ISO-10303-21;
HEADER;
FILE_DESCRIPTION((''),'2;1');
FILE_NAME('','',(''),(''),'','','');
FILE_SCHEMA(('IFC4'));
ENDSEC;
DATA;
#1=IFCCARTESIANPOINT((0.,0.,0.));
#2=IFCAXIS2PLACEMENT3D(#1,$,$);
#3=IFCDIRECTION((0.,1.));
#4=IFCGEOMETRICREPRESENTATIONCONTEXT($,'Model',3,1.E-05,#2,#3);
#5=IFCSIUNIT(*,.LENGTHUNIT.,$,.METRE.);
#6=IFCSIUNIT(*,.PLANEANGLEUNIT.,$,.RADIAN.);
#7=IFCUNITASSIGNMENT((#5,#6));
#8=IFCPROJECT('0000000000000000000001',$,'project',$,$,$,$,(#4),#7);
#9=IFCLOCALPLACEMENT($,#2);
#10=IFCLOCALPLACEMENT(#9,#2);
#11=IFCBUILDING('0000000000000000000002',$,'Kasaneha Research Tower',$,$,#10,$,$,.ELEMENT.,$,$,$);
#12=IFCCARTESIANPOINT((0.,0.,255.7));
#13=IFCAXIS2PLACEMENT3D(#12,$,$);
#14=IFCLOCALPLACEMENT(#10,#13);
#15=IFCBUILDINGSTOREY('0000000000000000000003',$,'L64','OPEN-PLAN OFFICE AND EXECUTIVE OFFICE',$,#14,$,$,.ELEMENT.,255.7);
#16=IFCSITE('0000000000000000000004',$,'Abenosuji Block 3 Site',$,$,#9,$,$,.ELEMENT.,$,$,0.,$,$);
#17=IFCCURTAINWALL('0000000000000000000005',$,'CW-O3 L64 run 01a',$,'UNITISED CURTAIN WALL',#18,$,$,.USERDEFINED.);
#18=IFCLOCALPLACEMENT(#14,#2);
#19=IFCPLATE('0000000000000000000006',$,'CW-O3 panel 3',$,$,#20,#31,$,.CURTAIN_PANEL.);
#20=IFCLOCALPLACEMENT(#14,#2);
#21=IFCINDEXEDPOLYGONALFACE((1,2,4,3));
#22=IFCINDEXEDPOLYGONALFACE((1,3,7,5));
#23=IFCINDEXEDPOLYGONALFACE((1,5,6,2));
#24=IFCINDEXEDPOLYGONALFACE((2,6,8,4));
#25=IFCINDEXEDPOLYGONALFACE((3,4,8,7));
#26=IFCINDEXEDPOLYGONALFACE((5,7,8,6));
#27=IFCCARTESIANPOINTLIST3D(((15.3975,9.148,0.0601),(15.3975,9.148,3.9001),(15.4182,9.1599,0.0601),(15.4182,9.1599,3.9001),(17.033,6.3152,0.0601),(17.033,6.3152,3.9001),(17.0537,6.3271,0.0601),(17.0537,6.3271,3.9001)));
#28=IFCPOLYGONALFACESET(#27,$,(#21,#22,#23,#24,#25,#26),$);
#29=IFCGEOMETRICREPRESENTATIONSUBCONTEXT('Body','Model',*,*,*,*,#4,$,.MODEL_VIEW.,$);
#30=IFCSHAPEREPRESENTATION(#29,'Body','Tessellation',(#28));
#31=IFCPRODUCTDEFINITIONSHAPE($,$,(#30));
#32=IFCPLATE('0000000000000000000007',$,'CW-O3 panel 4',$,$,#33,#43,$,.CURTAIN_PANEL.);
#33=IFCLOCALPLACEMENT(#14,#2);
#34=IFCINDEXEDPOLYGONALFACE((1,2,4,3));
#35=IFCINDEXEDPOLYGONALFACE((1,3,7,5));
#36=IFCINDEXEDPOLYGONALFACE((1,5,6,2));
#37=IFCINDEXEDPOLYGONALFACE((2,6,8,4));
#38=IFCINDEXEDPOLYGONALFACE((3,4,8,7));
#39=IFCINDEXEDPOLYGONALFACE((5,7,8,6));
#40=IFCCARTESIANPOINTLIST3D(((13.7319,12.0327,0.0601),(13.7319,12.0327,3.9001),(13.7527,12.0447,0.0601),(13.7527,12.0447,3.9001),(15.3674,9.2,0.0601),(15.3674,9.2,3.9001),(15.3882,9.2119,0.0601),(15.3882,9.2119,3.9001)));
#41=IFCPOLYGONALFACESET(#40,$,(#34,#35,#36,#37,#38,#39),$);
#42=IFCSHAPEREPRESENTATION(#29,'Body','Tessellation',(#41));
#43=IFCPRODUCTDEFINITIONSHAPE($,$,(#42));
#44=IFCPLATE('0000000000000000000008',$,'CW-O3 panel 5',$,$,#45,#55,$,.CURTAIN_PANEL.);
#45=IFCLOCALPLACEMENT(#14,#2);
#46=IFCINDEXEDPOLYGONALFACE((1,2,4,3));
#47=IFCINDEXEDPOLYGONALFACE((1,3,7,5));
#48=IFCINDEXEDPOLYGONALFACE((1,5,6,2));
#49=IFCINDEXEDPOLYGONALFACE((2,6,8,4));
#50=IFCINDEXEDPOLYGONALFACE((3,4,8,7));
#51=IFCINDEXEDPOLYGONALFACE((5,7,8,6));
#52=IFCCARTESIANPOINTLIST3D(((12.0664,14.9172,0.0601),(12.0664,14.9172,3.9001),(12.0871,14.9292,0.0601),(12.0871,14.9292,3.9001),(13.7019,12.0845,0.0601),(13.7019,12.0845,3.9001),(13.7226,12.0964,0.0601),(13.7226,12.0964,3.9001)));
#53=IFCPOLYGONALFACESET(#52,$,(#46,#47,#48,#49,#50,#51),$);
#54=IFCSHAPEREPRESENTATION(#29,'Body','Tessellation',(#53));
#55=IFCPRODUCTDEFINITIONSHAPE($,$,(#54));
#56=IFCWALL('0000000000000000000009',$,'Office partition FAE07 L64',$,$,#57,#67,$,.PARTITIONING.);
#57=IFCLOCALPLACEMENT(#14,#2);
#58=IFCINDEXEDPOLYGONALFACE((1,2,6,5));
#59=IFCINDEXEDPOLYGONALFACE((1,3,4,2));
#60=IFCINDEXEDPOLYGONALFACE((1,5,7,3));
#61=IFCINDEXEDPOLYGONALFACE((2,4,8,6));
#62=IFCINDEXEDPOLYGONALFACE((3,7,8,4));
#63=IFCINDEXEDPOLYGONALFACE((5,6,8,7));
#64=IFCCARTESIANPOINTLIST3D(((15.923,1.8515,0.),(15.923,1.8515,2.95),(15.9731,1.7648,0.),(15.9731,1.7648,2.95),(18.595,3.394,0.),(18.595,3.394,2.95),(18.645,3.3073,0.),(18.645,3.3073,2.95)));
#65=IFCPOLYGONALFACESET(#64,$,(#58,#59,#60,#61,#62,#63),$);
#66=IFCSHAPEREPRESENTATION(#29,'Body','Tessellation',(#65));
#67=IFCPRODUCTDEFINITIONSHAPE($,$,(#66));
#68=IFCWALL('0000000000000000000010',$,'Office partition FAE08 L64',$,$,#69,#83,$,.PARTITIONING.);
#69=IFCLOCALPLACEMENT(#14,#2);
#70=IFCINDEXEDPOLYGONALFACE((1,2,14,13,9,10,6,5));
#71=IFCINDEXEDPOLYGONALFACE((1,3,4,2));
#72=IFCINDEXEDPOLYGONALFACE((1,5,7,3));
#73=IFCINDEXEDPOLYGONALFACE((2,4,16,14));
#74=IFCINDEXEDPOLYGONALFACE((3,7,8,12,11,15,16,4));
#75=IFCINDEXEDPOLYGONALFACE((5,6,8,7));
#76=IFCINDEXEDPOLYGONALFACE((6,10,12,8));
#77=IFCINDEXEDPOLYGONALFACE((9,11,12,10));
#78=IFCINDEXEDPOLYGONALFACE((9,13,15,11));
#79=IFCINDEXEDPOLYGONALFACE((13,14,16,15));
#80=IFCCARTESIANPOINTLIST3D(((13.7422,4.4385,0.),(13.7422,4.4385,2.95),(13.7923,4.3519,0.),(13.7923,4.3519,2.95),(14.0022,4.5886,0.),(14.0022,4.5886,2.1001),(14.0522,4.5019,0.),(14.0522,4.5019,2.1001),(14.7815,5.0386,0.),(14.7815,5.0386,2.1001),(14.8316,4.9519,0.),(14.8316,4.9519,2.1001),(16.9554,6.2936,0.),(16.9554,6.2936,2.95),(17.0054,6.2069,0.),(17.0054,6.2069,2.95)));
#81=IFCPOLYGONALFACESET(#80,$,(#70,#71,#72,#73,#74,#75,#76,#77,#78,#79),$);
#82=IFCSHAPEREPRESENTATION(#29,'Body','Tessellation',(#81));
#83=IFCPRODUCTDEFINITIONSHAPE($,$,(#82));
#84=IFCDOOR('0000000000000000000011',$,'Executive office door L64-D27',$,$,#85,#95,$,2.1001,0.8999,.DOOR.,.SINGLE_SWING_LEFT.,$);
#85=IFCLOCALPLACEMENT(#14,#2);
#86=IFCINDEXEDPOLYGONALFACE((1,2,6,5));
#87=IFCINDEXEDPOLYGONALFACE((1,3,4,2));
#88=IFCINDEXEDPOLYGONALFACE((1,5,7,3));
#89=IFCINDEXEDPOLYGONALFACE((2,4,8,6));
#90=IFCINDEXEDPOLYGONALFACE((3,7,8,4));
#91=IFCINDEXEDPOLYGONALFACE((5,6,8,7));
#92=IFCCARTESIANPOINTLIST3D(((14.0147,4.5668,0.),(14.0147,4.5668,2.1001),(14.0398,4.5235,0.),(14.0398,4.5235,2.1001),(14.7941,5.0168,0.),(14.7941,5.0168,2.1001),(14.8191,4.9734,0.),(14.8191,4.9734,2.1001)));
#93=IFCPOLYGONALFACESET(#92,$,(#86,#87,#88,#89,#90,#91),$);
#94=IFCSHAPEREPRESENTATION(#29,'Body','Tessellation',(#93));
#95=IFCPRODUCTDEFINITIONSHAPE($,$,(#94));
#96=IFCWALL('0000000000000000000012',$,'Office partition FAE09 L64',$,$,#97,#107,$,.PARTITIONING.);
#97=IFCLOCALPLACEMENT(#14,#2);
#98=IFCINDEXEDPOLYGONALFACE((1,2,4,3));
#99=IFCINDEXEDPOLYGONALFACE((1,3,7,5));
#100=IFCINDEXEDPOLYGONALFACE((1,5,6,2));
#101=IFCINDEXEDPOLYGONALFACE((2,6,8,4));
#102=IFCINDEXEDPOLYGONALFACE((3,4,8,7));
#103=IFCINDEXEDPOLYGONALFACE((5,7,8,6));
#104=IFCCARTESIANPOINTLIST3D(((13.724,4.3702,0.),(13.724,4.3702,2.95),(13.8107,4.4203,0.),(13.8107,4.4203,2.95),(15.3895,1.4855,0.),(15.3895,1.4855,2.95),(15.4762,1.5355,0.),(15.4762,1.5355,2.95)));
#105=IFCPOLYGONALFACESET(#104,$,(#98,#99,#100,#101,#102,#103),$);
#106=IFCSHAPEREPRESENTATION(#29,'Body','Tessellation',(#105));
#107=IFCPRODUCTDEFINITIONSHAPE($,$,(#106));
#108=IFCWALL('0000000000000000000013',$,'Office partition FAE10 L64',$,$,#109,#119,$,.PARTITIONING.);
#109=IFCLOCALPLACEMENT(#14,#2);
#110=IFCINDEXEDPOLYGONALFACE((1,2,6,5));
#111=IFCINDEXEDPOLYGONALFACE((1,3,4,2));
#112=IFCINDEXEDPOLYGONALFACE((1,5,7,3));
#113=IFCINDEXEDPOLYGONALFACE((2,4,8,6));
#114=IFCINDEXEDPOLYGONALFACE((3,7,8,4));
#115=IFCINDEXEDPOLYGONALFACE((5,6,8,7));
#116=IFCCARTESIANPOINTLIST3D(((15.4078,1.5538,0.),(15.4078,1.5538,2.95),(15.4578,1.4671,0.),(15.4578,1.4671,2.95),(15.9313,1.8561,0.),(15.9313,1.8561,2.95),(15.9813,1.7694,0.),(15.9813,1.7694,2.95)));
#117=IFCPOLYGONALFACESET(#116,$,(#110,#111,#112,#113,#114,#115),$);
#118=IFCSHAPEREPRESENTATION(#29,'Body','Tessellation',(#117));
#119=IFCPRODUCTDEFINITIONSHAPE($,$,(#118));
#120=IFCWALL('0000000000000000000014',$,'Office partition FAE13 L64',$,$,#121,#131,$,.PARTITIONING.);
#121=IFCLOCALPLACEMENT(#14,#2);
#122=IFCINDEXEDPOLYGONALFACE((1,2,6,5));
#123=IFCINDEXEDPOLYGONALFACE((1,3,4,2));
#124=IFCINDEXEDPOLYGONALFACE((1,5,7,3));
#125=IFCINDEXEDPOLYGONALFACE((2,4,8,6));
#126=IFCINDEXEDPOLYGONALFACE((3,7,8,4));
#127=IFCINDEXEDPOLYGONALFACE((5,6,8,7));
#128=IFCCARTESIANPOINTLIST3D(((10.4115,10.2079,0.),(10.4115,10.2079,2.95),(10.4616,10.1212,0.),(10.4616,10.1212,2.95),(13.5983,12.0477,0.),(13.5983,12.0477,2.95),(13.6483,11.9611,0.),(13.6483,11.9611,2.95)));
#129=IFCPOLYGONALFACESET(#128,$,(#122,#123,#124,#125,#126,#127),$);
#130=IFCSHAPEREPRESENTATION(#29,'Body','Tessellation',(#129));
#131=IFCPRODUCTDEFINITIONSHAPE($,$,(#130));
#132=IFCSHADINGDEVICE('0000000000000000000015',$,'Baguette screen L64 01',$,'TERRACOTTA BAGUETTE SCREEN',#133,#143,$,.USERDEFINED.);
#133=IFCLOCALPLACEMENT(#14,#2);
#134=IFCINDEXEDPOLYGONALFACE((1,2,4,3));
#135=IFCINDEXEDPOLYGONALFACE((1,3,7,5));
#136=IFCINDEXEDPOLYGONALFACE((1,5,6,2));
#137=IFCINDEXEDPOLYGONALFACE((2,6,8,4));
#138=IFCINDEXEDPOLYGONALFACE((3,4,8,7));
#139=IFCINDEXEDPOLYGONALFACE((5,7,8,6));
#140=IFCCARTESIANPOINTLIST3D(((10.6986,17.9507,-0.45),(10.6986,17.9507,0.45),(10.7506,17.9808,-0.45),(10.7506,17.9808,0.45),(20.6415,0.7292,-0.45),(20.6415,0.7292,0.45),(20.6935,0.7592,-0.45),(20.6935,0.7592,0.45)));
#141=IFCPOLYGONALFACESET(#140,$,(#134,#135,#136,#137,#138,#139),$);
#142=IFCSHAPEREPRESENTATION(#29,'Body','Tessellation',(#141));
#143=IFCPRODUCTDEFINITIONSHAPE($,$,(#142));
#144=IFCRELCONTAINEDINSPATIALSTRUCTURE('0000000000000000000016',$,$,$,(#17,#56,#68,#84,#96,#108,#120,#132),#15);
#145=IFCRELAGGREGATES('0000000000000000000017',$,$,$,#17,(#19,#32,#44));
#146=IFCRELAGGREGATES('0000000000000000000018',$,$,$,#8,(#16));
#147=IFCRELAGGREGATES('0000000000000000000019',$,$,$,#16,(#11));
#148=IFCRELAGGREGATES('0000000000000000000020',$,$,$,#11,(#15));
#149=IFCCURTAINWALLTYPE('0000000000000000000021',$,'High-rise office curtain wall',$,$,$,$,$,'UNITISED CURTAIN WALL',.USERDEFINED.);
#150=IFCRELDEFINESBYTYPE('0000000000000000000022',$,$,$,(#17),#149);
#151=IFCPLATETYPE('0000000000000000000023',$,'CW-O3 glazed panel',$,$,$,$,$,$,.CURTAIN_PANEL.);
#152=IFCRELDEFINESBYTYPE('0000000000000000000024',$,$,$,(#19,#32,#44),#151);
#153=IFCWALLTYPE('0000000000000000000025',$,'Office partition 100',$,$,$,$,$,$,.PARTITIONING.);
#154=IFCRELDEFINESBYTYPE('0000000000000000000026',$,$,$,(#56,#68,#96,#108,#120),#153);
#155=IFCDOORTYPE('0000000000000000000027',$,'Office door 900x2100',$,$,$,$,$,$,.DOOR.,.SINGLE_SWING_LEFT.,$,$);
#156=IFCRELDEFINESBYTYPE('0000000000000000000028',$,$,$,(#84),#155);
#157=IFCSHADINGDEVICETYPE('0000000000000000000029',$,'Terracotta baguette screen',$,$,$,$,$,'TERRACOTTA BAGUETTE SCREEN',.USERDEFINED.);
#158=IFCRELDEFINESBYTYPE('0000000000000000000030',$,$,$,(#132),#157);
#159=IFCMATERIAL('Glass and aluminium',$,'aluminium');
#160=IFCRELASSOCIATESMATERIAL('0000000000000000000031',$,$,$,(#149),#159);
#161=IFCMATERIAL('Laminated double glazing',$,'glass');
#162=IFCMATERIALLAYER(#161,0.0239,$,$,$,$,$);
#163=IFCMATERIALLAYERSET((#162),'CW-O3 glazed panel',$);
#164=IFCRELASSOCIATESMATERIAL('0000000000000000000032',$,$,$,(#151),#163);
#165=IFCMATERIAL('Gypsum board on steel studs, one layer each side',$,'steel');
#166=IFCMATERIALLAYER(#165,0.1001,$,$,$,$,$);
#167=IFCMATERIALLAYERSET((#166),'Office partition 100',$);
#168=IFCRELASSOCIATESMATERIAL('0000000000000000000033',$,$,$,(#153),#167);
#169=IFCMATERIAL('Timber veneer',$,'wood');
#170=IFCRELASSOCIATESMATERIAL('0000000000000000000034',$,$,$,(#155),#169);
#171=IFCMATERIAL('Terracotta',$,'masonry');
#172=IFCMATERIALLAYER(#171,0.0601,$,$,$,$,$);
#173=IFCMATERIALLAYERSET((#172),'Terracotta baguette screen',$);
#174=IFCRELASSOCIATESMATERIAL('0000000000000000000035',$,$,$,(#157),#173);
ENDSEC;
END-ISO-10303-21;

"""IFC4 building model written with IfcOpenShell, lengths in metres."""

from ifc_helpers import new_model, si_unit, direction, frame, frame_2d, origin, origin_2d, place, context, subcontext, project, spatial, rectangle, extrude, material, layer, layer_set, type_object, element, fill, aggregate, save


model = new_model("IFC4")

# Units and contexts
model_context = context("Model", 3, precision=1e-05, world=origin(), true_north=direction((0.0, 1.0)))
body_context = subcontext(model_context, "Body", "Model", "MODEL_VIEW")
ifc_project = project(units=[si_unit("LENGTHUNIT", "METRE"), si_unit("PLANEANGLEUNIT", "RADIAN")], contexts=[model_context])

# Site, building, storey
site_placement = place(None, origin())
site = spatial("IfcSite", under=ifc_project, at=site_placement, Name="Abenosuji Block 3 Site", CompositionType="ELEMENT", RefElevation=0.0)
building_placement = place(site_placement, origin())
building = spatial("IfcBuilding", under=site, at=building_placement, Name="Kasaneha Research Tower", CompositionType="ELEMENT")
storey_placement = place(building_placement, frame((0.0, 0.0, 255.7)))
storey = spatial("IfcBuildingStorey", under=building, at=storey_placement, Name="L64", Description="OPEN-PLAN OFFICE AND EXECUTIVE OFFICE", CompositionType="ELEMENT", Elevation=255.7)

# Curtain wall, plates
ifc_material_1 = material(Name="Glass and aluminium", Category="aluminium")
curtain_wall_type = type_object("IfcCurtainWallType", Name="High-rise office curtain wall", ElementType="UNITISED CURTAIN WALL", PredefinedType="USERDEFINED", material=ifc_material_1)
curtain_wall_placement = place(storey_placement, origin())
curtain_wall = element("IfcCurtainWall", 1, at=curtain_wall_placement, inside=storey, type_object=curtain_wall_type, Name="CW-O3 L64 run 01a", ObjectType="UNITISED CURTAIN WALL", PredefinedType="USERDEFINED")
ifc_material_2 = material(Name="Laminated double glazing", Category="glass")
ifc_layer_1 = layer(ifc_material_2, 0.0239)
ifc_layer_set_1 = layer_set([ifc_layer_1], Name="CW-O3 glazed panel")
plate_type = type_object("IfcPlateType", Name="CW-O3 glazed panel", PredefinedType="CURTAIN_PANEL", material=ifc_layer_set_1)
plate_1_placement = place(storey_placement, frame((16.2256, 7.7375, 0.0601), z_axis=(0.0, 0.0, 1.0), x_axis=(-0.5, 0.866025, 0.0)))
plate_1 = element("IfcPlate", 2, at=plate_1_placement, type_object=plate_type, Name="CW-O3 panel 3", PredefinedType="CURTAIN_PANEL", context=body_context, shape_type="SweptSolid", body=[
    extrude(rectangle(XDim=3.271, YDim=0.0239, at=origin_2d()), origin(), (0.0, 0.0, 1.0), 3.8401),
])
plate_2_placement = place(storey_placement, frame((14.5601, 10.6223, 0.0601), z_axis=(0.0, 0.0, 1.0), x_axis=(-0.5, 0.866025, 0.0)))
plate_2 = element("IfcPlate", 3, at=plate_2_placement, type_object=plate_type, Name="CW-O3 panel 4", PredefinedType="CURTAIN_PANEL", context=body_context, shape_type="SweptSolid", body=[
    extrude(rectangle(XDim=3.271, YDim=0.0239, at=origin_2d()), origin(), (0.0, 0.0, 1.0), 3.8401),
])
plate_3_placement = place(storey_placement, frame((12.8945, 13.5068, 0.0601), z_axis=(0.0, 0.0, 1.0), x_axis=(-0.5, 0.866025, 0.0)))
plate_3 = element("IfcPlate", 4, at=plate_3_placement, type_object=plate_type, Name="CW-O3 panel 5", PredefinedType="CURTAIN_PANEL", context=body_context, shape_type="SweptSolid", body=[
    extrude(rectangle(XDim=3.271, YDim=0.0239, at=origin_2d()), origin(), (0.0, 0.0, 1.0), 3.8401),
])
aggregate(curtain_wall, [plate_1, plate_2, plate_3])

# Wall
ifc_material_3 = material(Name="Gypsum board on steel studs, one layer each side", Category="steel")
ifc_layer_2 = layer(ifc_material_3, 0.1001)
ifc_layer_set_2 = layer_set([ifc_layer_2], Name="Office partition 100")
wall_type = type_object("IfcWallType", Name="Office partition 100", PredefinedType="PARTITIONING", material=ifc_layer_set_2)
wall_1_placement = place(storey_placement, frame((18.6199, 3.3506, 0.0), z_axis=(0.0, 0.0, 1.0), x_axis=(-0.866043, -0.499969, 0.0)))
element("IfcWall", 5, at=wall_1_placement, inside=storey, type_object=wall_type, Name="Office partition FAE07 L64", PredefinedType="PARTITIONING", context=body_context, shape_type="SweptSolid", body=[
    extrude(rectangle(XDim=3.0852, YDim=0.1001, at=frame_2d((1.5425, 0.0))), origin(), (0.0, 0.0, 1.0), 2.95),
])

# Wall, opening, door
wall_2_placement = place(storey_placement, frame((13.7673, 4.3953, 0.0), z_axis=(0.0, 0.0, 1.0), x_axis=(0.86604, 0.499975, 0.0)))
wall_2 = element("IfcWall", 6, at=wall_2_placement, inside=storey, type_object=wall_type, Name="Office partition FAE08 L64", PredefinedType="PARTITIONING", context=body_context, shape_type="SweptSolid", body=[
    extrude(rectangle(XDim=3.7102, YDim=0.1001, at=frame_2d((1.855, 0.0))), origin(), (0.0, 0.0, 1.0), 2.95),
])
opening_placement = place(wall_2_placement, frame((0.3, 0.0, 0.0)))
opening = element("IfcOpeningElement", 7, at=opening_placement, cuts=wall_2, PredefinedType="OPENING", context=body_context, shape_type="SweptSolid", body=[
    extrude(rectangle(XDim=0.8999, YDim=2.1001, at=frame_2d((0.45, 1.05))), frame((0.0, 0.0601, 0.0), z_axis=(0.0, -1.0, 0.0), x_axis=(1.0, 0.0, 0.0)), (0.0, 0.0, 1.0), 0.1201),
])
ifc_material_4 = material(Name="Timber veneer", Category="wood")
door_type = type_object("IfcDoorType", Name="Office door 900x2100", OperationType="SINGLE_SWING_LEFT", PredefinedType="DOOR", material=ifc_material_4)
door_placement = place(opening_placement, origin())
door = element("IfcDoor", 8, at=door_placement, inside=storey, type_object=door_type, Name="Executive office door L64-D27", OperationType="SINGLE_SWING_LEFT", OverallHeight=2.1001, OverallWidth=0.8999, PredefinedType="DOOR", context=body_context, shape_type="SweptSolid", body=[
    extrude(rectangle(XDim=0.8999, YDim=2.1001, at=frame_2d((0.45, 1.05))), frame((0.0, 0.0249, 0.0), z_axis=(0.0, -1.0, 0.0), x_axis=(1.0, 0.0, 0.0)), (0.0, 0.0, 1.0), 0.05),
])
fill(opening, door)

# Walls
wall_3_placement = place(storey_placement, frame((15.4329, 1.5105, 0.0), z_axis=(0.0, 0.0, 1.0), x_axis=(-0.500002, 0.866024, 0.0)))
element("IfcWall", 9, at=wall_3_placement, inside=storey, type_object=wall_type, Name="Office partition FAE09 L64", PredefinedType="PARTITIONING", context=body_context, shape_type="SweptSolid", body=[
    extrude(rectangle(XDim=3.3311, YDim=0.1001, at=frame_2d((1.6655, 0.0))), origin(), (0.0, 0.0, 1.0), 2.95),
])
wall_4_placement = place(storey_placement, frame((15.9563, 1.8127, 0.0), z_axis=(0.0, 0.0, 1.0), x_axis=(-0.865997, -0.500049, 0.0)))
element("IfcWall", 10, at=wall_4_placement, inside=storey, type_object=wall_type, Name="Office partition FAE10 L64", PredefinedType="PARTITIONING", context=body_context, shape_type="SweptSolid", body=[
    extrude(rectangle(XDim=0.6045, YDim=0.1001, at=frame_2d((0.3022, 0.0))), origin(), (0.0, 0.0, 1.0), 2.95),
])
wall_5_placement = place(storey_placement, frame((13.6233, 12.0044, 0.0), z_axis=(0.0, 0.0, 1.0), x_axis=(-0.86603, -0.499992, 0.0)))
element("IfcWall", 11, at=wall_5_placement, inside=storey, type_object=wall_type, Name="Office partition FAE13 L64", PredefinedType="PARTITIONING", context=body_context, shape_type="SweptSolid", body=[
    extrude(rectangle(XDim=3.6797, YDim=0.1001, at=frame_2d((1.8398, 0.0))), origin(), (0.0, 0.0, 1.0), 2.95),
])

# Shading device
ifc_material_5 = material(Name="Terracotta", Category="masonry")
ifc_layer_3 = layer(ifc_material_5, 0.0601)
ifc_layer_set_3 = layer_set([ifc_layer_3], Name="Terracotta baguette screen")
shading_device_type = type_object("IfcShadingDeviceType", Name="Terracotta baguette screen", ElementType="TERRACOTTA BAGUETTE SCREEN", PredefinedType="USERDEFINED", material=ifc_layer_set_3)
shading_device_placement = place(storey_placement, frame((15.696, 9.355, -0.45), z_axis=(0.0, 0.0, 1.0), x_axis=(-0.5, 0.866025, 0.0)))
element("IfcShadingDevice", 12, at=shading_device_placement, inside=storey, type_object=shading_device_type, Name="Baguette screen L64 01", ObjectType="TERRACOTTA BAGUETTE SCREEN", PredefinedType="USERDEFINED", context=body_context, shape_type="SweptSolid", body=[
    extrude(rectangle(XDim=19.8857, YDim=0.0601, at=origin_2d()), origin(), (0.0, 0.0, 1.0), 0.8999),
])

save(model, "model.ifc")
